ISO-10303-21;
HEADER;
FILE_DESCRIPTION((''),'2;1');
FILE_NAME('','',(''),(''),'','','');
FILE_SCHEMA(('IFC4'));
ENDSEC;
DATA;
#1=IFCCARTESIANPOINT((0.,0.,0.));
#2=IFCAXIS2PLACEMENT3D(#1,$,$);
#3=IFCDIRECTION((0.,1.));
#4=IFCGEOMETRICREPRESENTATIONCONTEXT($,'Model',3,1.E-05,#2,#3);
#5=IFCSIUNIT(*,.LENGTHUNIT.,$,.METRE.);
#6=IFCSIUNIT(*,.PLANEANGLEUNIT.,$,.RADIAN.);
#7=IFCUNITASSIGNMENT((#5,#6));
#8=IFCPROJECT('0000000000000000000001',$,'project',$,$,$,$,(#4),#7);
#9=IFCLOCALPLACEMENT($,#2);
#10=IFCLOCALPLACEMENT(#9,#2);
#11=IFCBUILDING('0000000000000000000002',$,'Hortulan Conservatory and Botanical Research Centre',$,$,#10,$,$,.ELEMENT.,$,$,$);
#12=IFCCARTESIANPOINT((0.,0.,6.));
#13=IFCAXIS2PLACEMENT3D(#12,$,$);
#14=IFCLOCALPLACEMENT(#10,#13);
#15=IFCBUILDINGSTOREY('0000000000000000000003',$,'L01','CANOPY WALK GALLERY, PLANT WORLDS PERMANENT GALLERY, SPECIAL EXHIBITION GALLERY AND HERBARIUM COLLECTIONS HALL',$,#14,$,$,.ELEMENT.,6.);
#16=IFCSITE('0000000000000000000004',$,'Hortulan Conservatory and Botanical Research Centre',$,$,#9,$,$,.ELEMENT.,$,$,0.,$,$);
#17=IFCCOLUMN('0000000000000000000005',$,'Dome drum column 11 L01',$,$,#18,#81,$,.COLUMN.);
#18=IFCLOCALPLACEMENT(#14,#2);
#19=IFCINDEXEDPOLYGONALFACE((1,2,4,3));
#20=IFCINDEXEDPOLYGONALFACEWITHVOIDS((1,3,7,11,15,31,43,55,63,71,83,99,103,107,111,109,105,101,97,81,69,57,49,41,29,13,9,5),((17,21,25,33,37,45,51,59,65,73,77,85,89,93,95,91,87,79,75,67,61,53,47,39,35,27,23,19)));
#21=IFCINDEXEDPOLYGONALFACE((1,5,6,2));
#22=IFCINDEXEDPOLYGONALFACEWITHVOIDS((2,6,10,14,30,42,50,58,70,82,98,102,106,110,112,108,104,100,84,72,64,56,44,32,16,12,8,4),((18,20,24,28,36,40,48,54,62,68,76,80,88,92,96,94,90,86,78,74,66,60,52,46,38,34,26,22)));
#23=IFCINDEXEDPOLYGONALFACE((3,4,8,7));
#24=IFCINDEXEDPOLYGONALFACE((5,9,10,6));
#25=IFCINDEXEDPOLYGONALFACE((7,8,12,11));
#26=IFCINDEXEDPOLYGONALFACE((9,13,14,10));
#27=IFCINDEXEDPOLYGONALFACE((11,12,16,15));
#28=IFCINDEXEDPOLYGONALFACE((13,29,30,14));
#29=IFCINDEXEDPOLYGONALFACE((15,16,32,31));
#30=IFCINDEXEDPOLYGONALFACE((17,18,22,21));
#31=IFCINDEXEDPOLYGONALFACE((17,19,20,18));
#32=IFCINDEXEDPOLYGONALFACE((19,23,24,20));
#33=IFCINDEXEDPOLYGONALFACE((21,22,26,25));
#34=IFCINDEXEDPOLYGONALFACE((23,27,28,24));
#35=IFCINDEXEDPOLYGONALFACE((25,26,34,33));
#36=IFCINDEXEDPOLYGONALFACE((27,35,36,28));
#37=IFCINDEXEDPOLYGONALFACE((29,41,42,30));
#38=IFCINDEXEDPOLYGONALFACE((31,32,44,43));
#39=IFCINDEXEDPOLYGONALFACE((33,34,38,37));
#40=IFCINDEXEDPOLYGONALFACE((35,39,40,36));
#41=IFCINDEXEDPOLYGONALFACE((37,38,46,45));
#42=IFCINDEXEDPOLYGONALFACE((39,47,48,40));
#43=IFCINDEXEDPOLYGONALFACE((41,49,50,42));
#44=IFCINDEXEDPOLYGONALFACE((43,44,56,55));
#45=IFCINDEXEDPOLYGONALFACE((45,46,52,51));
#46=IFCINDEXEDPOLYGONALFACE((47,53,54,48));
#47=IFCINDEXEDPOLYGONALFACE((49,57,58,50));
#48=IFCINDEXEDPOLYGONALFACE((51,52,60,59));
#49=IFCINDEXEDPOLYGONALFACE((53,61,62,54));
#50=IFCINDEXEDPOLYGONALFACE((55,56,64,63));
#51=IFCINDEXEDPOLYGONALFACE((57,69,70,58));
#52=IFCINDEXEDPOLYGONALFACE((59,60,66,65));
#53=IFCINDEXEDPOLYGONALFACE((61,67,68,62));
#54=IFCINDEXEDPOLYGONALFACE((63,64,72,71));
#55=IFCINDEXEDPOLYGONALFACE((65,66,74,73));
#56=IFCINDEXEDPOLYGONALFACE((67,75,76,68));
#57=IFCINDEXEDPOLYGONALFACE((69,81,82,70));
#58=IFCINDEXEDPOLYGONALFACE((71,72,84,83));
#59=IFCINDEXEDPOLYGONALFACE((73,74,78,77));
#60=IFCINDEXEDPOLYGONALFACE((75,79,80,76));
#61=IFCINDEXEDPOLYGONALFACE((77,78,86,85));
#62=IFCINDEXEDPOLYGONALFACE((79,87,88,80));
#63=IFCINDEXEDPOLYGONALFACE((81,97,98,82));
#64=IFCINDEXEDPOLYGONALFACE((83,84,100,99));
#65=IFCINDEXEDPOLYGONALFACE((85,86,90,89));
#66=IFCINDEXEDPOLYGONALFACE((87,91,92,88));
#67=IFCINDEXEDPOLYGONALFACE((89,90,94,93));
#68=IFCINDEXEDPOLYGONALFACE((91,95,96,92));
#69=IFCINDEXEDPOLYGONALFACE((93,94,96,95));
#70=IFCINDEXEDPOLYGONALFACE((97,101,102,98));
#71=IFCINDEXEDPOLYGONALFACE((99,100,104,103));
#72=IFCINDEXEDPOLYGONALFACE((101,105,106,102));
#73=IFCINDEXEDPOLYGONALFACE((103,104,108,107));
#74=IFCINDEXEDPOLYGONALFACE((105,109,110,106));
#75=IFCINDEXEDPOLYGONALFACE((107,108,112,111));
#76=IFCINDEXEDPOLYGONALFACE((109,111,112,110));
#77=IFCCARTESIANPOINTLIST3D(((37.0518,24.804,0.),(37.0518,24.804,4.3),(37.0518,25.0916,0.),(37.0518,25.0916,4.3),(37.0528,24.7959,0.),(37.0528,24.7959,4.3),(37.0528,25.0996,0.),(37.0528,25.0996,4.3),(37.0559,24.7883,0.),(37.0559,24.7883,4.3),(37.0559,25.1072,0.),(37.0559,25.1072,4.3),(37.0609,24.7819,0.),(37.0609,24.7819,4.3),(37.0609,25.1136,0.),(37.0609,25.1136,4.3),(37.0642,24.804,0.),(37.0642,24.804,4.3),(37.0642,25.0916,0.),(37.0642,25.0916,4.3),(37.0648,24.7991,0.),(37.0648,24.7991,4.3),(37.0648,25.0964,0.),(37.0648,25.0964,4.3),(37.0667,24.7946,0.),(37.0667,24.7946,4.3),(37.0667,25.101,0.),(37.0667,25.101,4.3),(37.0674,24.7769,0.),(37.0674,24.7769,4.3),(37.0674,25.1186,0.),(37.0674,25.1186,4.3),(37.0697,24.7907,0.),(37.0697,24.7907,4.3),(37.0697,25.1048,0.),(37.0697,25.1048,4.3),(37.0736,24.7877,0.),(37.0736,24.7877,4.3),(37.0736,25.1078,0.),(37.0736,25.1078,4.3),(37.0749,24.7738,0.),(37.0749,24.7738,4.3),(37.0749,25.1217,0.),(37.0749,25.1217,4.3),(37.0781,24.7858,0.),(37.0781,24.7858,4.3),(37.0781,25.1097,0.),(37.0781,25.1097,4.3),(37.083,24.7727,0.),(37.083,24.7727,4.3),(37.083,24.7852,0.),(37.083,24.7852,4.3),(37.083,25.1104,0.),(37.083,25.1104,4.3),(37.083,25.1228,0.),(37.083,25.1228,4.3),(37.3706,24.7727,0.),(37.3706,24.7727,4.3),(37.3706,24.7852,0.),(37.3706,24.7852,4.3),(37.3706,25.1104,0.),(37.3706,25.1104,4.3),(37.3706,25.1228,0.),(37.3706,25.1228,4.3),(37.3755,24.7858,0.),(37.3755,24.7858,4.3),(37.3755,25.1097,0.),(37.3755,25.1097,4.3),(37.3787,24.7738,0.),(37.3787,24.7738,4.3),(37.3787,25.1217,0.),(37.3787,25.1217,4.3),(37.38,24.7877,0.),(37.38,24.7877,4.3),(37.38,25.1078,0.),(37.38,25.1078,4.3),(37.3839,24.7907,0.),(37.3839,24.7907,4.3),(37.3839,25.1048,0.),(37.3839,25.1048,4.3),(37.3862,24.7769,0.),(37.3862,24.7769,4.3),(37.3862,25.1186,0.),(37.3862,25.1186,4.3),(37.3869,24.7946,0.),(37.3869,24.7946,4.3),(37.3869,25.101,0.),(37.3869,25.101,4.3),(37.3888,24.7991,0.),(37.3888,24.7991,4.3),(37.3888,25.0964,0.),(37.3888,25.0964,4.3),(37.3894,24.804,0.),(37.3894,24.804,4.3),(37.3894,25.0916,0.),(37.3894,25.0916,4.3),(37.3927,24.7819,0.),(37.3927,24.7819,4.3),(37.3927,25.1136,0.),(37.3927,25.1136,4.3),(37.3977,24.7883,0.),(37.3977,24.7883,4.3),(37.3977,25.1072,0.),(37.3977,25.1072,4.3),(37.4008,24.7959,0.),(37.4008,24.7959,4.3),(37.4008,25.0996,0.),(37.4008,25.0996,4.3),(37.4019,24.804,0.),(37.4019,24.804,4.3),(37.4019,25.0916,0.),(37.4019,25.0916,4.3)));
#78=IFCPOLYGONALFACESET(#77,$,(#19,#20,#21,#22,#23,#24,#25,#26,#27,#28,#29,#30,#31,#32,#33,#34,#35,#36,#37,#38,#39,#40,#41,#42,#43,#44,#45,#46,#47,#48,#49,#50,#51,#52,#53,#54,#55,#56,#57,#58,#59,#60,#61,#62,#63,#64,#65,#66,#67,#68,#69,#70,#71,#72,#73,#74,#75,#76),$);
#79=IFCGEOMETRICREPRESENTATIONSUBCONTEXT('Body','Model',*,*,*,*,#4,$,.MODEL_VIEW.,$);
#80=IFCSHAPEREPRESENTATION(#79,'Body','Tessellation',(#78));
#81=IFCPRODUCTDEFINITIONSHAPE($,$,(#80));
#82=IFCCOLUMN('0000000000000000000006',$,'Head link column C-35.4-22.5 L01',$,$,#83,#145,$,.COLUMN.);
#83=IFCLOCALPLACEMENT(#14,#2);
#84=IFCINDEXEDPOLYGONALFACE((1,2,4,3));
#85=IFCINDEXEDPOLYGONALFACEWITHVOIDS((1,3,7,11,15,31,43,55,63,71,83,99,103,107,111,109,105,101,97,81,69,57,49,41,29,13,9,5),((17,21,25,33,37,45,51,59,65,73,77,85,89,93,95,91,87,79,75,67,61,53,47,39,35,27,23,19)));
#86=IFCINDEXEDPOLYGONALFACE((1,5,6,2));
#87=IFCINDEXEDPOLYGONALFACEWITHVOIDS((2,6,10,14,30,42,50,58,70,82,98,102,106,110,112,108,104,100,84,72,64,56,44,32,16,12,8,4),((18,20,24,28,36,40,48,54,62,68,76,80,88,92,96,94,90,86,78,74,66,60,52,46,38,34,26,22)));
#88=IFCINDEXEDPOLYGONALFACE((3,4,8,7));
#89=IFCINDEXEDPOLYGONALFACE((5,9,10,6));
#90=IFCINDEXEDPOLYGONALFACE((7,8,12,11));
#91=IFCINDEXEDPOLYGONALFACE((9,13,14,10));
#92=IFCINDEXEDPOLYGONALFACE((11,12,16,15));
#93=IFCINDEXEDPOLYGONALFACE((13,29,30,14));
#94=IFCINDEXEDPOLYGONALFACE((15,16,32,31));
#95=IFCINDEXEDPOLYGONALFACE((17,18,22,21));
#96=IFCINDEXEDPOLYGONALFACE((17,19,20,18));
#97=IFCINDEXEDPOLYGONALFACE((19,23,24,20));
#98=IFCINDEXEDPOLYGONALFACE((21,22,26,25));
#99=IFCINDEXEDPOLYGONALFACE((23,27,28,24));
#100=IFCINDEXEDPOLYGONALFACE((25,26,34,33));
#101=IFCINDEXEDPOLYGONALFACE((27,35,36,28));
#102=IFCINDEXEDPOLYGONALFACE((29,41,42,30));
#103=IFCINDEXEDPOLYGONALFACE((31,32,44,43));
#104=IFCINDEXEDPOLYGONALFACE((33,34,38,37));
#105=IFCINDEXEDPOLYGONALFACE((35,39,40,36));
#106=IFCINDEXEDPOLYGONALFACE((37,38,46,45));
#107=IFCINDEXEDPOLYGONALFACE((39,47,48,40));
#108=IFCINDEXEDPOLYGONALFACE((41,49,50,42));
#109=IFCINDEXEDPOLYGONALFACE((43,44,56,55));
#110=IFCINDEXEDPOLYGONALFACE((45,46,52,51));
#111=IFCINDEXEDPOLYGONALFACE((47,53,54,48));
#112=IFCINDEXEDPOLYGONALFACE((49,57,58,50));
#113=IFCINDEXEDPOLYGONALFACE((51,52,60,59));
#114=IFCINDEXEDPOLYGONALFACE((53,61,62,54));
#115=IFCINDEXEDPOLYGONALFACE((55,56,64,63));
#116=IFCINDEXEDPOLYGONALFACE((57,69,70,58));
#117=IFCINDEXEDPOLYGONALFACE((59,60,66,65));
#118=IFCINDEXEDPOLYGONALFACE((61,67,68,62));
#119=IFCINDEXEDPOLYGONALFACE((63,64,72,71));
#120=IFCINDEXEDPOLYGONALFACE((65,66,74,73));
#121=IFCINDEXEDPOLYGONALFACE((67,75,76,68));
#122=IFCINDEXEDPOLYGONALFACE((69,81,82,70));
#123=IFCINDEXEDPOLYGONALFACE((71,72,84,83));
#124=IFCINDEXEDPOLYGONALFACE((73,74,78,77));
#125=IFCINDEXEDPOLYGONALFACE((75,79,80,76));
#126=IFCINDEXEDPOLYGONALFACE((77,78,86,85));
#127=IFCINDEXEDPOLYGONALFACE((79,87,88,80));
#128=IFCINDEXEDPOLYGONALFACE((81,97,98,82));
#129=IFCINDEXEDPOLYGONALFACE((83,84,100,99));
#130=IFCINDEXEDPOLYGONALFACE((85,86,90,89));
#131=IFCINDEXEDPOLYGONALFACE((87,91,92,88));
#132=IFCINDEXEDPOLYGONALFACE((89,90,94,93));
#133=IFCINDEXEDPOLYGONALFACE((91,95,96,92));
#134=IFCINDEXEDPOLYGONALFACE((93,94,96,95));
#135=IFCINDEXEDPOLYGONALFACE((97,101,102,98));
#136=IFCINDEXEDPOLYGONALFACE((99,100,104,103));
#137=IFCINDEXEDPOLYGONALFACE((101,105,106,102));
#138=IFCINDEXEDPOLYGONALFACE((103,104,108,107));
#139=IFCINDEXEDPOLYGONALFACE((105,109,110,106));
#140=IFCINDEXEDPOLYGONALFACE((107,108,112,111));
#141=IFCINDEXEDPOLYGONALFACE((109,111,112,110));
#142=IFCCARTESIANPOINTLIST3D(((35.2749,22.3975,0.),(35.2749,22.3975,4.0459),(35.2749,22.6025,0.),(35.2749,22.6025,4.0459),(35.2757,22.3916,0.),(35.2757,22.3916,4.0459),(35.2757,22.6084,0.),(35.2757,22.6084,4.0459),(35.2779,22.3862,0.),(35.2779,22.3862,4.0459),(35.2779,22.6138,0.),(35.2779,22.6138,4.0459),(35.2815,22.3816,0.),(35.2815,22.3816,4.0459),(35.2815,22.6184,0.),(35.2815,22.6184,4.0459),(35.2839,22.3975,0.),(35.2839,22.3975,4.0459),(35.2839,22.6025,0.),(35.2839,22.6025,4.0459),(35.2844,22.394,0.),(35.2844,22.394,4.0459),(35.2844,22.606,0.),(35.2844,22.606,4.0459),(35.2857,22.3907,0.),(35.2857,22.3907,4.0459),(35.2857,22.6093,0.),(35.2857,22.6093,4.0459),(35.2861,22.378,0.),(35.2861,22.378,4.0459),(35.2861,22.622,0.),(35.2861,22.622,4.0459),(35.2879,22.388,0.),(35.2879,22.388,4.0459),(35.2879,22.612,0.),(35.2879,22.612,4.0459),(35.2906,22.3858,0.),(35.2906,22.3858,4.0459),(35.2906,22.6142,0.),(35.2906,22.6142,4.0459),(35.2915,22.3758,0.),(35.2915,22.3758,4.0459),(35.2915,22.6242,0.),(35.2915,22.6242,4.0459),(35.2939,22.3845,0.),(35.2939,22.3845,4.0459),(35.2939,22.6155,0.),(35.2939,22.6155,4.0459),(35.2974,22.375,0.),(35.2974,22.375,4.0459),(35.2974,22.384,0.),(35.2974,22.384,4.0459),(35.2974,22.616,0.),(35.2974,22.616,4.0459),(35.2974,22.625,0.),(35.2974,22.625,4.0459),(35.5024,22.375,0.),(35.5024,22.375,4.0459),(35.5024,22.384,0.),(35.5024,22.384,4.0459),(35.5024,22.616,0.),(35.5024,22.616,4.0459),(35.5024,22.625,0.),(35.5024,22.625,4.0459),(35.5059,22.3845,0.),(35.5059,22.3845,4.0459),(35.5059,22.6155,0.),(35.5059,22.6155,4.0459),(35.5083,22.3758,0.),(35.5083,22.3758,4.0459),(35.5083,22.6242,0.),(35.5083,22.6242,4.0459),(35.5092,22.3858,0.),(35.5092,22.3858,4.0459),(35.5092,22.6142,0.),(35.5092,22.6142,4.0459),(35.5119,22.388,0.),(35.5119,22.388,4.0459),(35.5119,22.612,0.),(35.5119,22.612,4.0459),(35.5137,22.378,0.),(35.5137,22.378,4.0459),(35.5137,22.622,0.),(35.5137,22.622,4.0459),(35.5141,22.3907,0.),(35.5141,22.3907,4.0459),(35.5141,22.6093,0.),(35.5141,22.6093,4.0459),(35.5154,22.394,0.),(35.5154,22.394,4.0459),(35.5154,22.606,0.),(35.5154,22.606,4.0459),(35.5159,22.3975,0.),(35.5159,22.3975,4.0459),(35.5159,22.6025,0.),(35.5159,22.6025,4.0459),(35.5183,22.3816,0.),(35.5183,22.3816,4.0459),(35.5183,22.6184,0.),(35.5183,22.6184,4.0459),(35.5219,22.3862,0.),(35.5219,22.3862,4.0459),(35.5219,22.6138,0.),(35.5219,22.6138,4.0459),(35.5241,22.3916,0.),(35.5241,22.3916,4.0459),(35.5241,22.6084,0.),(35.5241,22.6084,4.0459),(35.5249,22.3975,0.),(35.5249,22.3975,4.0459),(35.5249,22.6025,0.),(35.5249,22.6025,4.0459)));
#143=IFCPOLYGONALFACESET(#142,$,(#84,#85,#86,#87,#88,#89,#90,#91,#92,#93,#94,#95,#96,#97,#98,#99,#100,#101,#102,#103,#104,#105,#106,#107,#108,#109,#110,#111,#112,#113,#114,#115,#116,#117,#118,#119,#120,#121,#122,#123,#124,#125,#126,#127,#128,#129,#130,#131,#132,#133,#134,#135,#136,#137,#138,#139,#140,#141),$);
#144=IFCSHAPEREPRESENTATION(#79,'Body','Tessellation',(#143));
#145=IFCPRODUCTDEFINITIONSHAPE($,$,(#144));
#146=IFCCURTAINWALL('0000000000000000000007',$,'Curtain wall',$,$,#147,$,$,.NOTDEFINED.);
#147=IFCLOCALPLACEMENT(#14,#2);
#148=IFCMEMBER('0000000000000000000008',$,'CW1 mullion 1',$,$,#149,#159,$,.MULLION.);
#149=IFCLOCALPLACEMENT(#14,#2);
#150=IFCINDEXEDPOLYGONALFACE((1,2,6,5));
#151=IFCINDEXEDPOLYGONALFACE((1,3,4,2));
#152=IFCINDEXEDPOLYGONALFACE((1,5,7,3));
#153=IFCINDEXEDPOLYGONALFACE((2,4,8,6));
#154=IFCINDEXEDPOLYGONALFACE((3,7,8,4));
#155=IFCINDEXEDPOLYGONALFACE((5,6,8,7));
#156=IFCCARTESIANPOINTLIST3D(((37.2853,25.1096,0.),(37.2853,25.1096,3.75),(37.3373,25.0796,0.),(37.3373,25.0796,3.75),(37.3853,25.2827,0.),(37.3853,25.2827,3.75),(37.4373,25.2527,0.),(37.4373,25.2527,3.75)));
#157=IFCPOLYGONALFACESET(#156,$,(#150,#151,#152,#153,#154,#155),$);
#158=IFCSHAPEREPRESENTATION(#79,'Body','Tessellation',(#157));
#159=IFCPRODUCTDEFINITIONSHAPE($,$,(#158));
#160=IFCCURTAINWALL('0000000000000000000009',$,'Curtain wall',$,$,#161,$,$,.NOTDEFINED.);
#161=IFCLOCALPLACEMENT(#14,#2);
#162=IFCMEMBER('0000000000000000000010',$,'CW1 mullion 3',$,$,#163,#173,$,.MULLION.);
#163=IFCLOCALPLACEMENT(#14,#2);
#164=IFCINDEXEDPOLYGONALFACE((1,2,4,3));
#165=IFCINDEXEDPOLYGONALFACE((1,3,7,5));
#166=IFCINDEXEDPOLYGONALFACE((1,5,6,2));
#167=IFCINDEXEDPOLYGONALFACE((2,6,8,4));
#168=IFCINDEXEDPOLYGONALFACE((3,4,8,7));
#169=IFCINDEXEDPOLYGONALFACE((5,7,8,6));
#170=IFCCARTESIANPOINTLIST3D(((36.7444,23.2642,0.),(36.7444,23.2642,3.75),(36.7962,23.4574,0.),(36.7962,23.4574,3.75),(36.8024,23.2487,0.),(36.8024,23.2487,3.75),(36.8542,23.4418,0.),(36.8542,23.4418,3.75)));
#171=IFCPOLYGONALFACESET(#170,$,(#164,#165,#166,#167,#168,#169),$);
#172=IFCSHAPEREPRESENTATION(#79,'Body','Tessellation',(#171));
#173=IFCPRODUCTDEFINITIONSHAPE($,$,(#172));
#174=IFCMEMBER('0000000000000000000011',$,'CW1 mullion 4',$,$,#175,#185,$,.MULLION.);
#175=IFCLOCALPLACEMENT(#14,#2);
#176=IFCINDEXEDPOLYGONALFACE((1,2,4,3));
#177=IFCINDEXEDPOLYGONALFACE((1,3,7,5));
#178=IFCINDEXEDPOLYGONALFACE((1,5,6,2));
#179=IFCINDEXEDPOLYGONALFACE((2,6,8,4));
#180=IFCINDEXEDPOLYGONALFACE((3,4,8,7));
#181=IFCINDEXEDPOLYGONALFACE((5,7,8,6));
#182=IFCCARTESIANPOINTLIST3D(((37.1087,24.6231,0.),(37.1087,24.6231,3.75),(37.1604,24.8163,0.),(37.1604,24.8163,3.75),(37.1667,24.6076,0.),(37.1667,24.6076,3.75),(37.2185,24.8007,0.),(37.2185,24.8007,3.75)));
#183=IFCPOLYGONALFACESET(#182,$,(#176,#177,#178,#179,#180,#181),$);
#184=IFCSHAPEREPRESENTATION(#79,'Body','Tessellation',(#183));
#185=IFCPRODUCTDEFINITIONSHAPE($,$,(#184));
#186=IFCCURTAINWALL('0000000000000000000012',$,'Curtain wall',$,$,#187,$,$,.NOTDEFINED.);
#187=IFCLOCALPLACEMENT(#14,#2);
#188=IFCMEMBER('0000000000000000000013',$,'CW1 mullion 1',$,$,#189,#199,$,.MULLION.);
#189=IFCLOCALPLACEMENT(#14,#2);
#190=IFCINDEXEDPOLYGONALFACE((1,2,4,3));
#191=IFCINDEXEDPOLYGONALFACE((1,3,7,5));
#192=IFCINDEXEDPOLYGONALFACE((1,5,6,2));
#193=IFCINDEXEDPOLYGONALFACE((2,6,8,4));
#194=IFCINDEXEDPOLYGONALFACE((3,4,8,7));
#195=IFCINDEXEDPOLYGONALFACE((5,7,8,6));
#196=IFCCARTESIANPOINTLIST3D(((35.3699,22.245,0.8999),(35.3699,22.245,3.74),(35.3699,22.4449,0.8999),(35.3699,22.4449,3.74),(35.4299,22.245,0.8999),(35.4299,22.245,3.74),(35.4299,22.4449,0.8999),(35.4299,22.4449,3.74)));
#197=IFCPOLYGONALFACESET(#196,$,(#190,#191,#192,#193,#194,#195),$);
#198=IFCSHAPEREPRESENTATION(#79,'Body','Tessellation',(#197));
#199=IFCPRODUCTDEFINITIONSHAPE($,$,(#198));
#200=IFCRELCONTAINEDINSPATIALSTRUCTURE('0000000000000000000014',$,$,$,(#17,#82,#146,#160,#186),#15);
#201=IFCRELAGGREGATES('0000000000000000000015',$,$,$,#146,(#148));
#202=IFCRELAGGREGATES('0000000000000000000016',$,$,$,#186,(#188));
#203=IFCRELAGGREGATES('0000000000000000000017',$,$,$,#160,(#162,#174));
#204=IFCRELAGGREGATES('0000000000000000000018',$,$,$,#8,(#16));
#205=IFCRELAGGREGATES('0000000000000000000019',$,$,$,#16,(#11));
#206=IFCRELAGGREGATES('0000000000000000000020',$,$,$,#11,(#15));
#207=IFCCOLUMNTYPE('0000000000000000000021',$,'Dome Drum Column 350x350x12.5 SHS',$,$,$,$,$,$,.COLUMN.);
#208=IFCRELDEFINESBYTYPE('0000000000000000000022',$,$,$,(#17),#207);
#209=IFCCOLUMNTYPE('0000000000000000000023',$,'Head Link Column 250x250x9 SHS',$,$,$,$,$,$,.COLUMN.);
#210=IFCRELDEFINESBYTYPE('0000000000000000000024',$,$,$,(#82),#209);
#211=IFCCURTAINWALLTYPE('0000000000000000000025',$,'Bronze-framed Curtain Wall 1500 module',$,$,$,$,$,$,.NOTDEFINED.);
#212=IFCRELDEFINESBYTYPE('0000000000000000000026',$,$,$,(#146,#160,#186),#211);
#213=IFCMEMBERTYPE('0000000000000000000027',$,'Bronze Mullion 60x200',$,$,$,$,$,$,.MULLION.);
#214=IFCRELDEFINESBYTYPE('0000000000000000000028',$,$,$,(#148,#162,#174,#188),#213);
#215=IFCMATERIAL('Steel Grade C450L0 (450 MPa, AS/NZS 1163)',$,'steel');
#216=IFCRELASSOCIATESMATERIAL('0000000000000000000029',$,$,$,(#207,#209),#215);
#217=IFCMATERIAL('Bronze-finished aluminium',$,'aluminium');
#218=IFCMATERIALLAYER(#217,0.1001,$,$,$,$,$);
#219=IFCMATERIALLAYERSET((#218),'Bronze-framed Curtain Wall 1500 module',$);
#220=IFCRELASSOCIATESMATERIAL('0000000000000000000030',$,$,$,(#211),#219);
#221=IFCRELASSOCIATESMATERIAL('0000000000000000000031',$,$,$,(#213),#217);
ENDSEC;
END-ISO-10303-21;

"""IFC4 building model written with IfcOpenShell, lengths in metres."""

from ifc_helpers import new_model, si_unit, direction, frame, origin, origin_2d, place, context, subcontext, project, spatial, rectangle, hollow_rectangle, extrude, material, layer, layer_set, material_profile, profile_set, type_object, element, aggregate, save


model = new_model("IFC4")

# Units and contexts
model_context = context("Model", 3, precision=1e-05, world=origin(), true_north=direction((0.0, 1.0)))
body_context = subcontext(model_context, "Body", "Model", "MODEL_VIEW")
ifc_project = project(units=[si_unit("LENGTHUNIT", "METRE"), si_unit("PLANEANGLEUNIT", "RADIAN")], contexts=[model_context])

# Site, building, storey
site_placement = place(None, origin())
site = spatial("IfcSite", under=ifc_project, at=site_placement, Name="Hortulan Conservatory and Botanical Research Centre", CompositionType="ELEMENT", RefElevation=0.0)
building_placement = place(site_placement, origin())
building = spatial("IfcBuilding", under=site, at=building_placement, Name="Hortulan Conservatory and Botanical Research Centre", CompositionType="ELEMENT")
storey_placement = place(building_placement, frame((0.0, 0.0, 6.0)))
storey = spatial("IfcBuildingStorey", under=building, at=storey_placement, Name="L01", Description="CANOPY WALK GALLERY, PLANT WORLDS PERMANENT GALLERY, SPECIAL EXHIBITION GALLERY AND HERBARIUM COLLECTIONS HALL", CompositionType="ELEMENT", Elevation=6.0)

# Columns
ifc_material_1 = material(Name="Steel Grade C450L0 (450 MPa, AS/NZS 1163)", Category="steel")
ifc_material_profile_1 = material_profile(ifc_material_1, hollow_rectangle(XDim=0.3501, YDim=0.3501, WallThickness=0.0125, InnerFilletRadius=0.0188, OuterFilletRadius=0.0312, at=origin_2d()), Name="350x350x12.5SHS")
ifc_profile_set_1 = profile_set([ifc_material_profile_1], Name="Steel Grade C450L0 (450 MPa, AS/NZS 1163)")
column_type_1 = type_object("IfcColumnType", Name="Dome Drum Column 350x350x12.5 SHS", PredefinedType="COLUMN", material=ifc_profile_set_1)
column_1_placement = place(storey_placement, frame((37.2268, 24.9478, 0.0), z_axis=(0.0, 0.0, 1.0), x_axis=(1.0, 0.0, 0.0)))
element("IfcColumn", 1, at=column_1_placement, inside=storey, type_object=column_type_1, Name="Dome drum column 11 L01", PredefinedType="COLUMN", context=body_context, shape_type="SweptSolid", body=[
    extrude(hollow_rectangle(XDim=0.3501, YDim=0.3501, WallThickness=0.0125, InnerFilletRadius=0.0188, OuterFilletRadius=0.0312, at=origin_2d()), origin(), (0.0, 0.0, 1.0), 4.3),
])
ifc_material_profile_2 = material_profile(ifc_material_1, hollow_rectangle(XDim=0.25, YDim=0.25, WallThickness=0.009, InnerFilletRadius=0.0134, OuterFilletRadius=0.0225, at=origin_2d()), Name="250x250x9SHS")
ifc_profile_set_2 = profile_set([ifc_material_profile_2], Name="Steel Grade C450L0 (450 MPa, AS/NZS 1163)")
column_type_2 = type_object("IfcColumnType", Name="Head Link Column 250x250x9 SHS", PredefinedType="COLUMN", material=ifc_profile_set_2)
column_2_placement = place(storey_placement, frame((35.3999, 22.5, 0.0), z_axis=(0.0, 0.0, 1.0), x_axis=(1.0, 0.0, 0.0)))
element("IfcColumn", 2, at=column_2_placement, inside=storey, type_object=column_type_2, Name="Head link column C-35.4-22.5 L01", PredefinedType="COLUMN", context=body_context, shape_type="SweptSolid", body=[
    extrude(hollow_rectangle(XDim=0.25, YDim=0.25, WallThickness=0.009, InnerFilletRadius=0.0134, OuterFilletRadius=0.0225, at=origin_2d()), origin(), (0.0, 0.0, 1.0), 4.0459),
])

# Curtain wall, member
ifc_material_2 = material(Name="Bronze-finished aluminium", Category="aluminium")
ifc_layer_1 = layer(ifc_material_2, 0.1001)
ifc_layer_set_1 = layer_set([ifc_layer_1], Name="Bronze-framed Curtain Wall 1500 module")
curtain_wall_type = type_object("IfcCurtainWallType", Name="Bronze-framed Curtain Wall 1500 module", PredefinedType="NOTDEFINED", material=ifc_layer_set_1)
curtain_wall_1_placement = place(storey_placement, origin())
curtain_wall_1 = element("IfcCurtainWall", 3, at=curtain_wall_1_placement, inside=storey, type_object=curtain_wall_type, Name="Curtain wall", PredefinedType="NOTDEFINED")
ifc_material_profile_3 = material_profile(ifc_material_2, rectangle(XDim=0.0601, YDim=0.2, at=origin_2d()), Name="Bronze Mullion 60x200")
ifc_profile_set_3 = profile_set([ifc_material_profile_3], Name="Bronze-finished aluminium")
member_type_1 = type_object("IfcMemberType", Name="Bronze Mullion 60x200", PredefinedType="MULLION", material=ifc_profile_set_3)
member_1_placement = place(storey_placement, frame((37.3613, 25.1812, 0.0), z_axis=(0.0, 0.0, 1.0), x_axis=(-0.866036, 0.499981, 0.0)))
member_1 = element("IfcMember", 4, at=member_1_placement, type_object=member_type_1, Name="CW1 mullion 1", PredefinedType="MULLION", context=body_context, shape_type="SweptSolid", body=[
    extrude(rectangle(XDim=0.0601, YDim=0.2, at=origin_2d()), origin(), (0.0, 0.0, 1.0), 3.75),
])

# Curtain wall, members
curtain_wall_2_placement = place(storey_placement, origin())
curtain_wall_2 = element("IfcCurtainWall", 5, at=curtain_wall_2_placement, inside=storey, type_object=curtain_wall_type, Name="Curtain wall", PredefinedType="NOTDEFINED")
member_2_placement = place(storey_placement, frame((36.7993, 23.353, 0.0), z_axis=(0.0, 0.0, 1.0), x_axis=(-0.965922, 0.258832, 0.0)))
member_2 = element("IfcMember", 6, at=member_2_placement, type_object=member_type_1, Name="CW1 mullion 3", PredefinedType="MULLION", context=body_context, shape_type="SweptSolid", body=[
    extrude(rectangle(XDim=0.0601, YDim=0.2, at=origin_2d()), origin(), (0.0, 0.0, 1.0), 3.75),
])
member_3_placement = place(storey_placement, frame((37.1636, 24.7119, 0.0), z_axis=(0.0, 0.0, 1.0), x_axis=(-0.965922, 0.258832, 0.0)))
member_3 = element("IfcMember", 7, at=member_3_placement, type_object=member_type_1, Name="CW1 mullion 4", PredefinedType="MULLION", context=body_context, shape_type="SweptSolid", body=[
    extrude(rectangle(XDim=0.0601, YDim=0.2, at=origin_2d()), origin(), (0.0, 0.0, 1.0), 3.75),
])

# Curtain wall, member
curtain_wall_3_placement = place(storey_placement, origin())
curtain_wall_3 = element("IfcCurtainWall", 8, at=curtain_wall_3_placement, inside=storey, type_object=curtain_wall_type, Name="Curtain wall", PredefinedType="NOTDEFINED")
member_4_placement = place(storey_placement, frame((35.3999, 22.345, 0.8999), z_axis=(0.0, 0.0, 1.0), x_axis=(1.0, 0.0, 0.0)))
member_4 = element("IfcMember", 9, at=member_4_placement, type_object=member_type_1, Name="CW1 mullion 1", PredefinedType="MULLION", context=body_context, shape_type="SweptSolid", body=[
    extrude(rectangle(XDim=0.0601, YDim=0.2, at=origin_2d()), origin(), (0.0, 0.0, 1.0), 2.8401),
])

aggregate(curtain_wall_1, [member_1])
aggregate(curtain_wall_3, [member_4])

aggregate(curtain_wall_2, [member_2, member_3])

save(model, "model.ifc")
